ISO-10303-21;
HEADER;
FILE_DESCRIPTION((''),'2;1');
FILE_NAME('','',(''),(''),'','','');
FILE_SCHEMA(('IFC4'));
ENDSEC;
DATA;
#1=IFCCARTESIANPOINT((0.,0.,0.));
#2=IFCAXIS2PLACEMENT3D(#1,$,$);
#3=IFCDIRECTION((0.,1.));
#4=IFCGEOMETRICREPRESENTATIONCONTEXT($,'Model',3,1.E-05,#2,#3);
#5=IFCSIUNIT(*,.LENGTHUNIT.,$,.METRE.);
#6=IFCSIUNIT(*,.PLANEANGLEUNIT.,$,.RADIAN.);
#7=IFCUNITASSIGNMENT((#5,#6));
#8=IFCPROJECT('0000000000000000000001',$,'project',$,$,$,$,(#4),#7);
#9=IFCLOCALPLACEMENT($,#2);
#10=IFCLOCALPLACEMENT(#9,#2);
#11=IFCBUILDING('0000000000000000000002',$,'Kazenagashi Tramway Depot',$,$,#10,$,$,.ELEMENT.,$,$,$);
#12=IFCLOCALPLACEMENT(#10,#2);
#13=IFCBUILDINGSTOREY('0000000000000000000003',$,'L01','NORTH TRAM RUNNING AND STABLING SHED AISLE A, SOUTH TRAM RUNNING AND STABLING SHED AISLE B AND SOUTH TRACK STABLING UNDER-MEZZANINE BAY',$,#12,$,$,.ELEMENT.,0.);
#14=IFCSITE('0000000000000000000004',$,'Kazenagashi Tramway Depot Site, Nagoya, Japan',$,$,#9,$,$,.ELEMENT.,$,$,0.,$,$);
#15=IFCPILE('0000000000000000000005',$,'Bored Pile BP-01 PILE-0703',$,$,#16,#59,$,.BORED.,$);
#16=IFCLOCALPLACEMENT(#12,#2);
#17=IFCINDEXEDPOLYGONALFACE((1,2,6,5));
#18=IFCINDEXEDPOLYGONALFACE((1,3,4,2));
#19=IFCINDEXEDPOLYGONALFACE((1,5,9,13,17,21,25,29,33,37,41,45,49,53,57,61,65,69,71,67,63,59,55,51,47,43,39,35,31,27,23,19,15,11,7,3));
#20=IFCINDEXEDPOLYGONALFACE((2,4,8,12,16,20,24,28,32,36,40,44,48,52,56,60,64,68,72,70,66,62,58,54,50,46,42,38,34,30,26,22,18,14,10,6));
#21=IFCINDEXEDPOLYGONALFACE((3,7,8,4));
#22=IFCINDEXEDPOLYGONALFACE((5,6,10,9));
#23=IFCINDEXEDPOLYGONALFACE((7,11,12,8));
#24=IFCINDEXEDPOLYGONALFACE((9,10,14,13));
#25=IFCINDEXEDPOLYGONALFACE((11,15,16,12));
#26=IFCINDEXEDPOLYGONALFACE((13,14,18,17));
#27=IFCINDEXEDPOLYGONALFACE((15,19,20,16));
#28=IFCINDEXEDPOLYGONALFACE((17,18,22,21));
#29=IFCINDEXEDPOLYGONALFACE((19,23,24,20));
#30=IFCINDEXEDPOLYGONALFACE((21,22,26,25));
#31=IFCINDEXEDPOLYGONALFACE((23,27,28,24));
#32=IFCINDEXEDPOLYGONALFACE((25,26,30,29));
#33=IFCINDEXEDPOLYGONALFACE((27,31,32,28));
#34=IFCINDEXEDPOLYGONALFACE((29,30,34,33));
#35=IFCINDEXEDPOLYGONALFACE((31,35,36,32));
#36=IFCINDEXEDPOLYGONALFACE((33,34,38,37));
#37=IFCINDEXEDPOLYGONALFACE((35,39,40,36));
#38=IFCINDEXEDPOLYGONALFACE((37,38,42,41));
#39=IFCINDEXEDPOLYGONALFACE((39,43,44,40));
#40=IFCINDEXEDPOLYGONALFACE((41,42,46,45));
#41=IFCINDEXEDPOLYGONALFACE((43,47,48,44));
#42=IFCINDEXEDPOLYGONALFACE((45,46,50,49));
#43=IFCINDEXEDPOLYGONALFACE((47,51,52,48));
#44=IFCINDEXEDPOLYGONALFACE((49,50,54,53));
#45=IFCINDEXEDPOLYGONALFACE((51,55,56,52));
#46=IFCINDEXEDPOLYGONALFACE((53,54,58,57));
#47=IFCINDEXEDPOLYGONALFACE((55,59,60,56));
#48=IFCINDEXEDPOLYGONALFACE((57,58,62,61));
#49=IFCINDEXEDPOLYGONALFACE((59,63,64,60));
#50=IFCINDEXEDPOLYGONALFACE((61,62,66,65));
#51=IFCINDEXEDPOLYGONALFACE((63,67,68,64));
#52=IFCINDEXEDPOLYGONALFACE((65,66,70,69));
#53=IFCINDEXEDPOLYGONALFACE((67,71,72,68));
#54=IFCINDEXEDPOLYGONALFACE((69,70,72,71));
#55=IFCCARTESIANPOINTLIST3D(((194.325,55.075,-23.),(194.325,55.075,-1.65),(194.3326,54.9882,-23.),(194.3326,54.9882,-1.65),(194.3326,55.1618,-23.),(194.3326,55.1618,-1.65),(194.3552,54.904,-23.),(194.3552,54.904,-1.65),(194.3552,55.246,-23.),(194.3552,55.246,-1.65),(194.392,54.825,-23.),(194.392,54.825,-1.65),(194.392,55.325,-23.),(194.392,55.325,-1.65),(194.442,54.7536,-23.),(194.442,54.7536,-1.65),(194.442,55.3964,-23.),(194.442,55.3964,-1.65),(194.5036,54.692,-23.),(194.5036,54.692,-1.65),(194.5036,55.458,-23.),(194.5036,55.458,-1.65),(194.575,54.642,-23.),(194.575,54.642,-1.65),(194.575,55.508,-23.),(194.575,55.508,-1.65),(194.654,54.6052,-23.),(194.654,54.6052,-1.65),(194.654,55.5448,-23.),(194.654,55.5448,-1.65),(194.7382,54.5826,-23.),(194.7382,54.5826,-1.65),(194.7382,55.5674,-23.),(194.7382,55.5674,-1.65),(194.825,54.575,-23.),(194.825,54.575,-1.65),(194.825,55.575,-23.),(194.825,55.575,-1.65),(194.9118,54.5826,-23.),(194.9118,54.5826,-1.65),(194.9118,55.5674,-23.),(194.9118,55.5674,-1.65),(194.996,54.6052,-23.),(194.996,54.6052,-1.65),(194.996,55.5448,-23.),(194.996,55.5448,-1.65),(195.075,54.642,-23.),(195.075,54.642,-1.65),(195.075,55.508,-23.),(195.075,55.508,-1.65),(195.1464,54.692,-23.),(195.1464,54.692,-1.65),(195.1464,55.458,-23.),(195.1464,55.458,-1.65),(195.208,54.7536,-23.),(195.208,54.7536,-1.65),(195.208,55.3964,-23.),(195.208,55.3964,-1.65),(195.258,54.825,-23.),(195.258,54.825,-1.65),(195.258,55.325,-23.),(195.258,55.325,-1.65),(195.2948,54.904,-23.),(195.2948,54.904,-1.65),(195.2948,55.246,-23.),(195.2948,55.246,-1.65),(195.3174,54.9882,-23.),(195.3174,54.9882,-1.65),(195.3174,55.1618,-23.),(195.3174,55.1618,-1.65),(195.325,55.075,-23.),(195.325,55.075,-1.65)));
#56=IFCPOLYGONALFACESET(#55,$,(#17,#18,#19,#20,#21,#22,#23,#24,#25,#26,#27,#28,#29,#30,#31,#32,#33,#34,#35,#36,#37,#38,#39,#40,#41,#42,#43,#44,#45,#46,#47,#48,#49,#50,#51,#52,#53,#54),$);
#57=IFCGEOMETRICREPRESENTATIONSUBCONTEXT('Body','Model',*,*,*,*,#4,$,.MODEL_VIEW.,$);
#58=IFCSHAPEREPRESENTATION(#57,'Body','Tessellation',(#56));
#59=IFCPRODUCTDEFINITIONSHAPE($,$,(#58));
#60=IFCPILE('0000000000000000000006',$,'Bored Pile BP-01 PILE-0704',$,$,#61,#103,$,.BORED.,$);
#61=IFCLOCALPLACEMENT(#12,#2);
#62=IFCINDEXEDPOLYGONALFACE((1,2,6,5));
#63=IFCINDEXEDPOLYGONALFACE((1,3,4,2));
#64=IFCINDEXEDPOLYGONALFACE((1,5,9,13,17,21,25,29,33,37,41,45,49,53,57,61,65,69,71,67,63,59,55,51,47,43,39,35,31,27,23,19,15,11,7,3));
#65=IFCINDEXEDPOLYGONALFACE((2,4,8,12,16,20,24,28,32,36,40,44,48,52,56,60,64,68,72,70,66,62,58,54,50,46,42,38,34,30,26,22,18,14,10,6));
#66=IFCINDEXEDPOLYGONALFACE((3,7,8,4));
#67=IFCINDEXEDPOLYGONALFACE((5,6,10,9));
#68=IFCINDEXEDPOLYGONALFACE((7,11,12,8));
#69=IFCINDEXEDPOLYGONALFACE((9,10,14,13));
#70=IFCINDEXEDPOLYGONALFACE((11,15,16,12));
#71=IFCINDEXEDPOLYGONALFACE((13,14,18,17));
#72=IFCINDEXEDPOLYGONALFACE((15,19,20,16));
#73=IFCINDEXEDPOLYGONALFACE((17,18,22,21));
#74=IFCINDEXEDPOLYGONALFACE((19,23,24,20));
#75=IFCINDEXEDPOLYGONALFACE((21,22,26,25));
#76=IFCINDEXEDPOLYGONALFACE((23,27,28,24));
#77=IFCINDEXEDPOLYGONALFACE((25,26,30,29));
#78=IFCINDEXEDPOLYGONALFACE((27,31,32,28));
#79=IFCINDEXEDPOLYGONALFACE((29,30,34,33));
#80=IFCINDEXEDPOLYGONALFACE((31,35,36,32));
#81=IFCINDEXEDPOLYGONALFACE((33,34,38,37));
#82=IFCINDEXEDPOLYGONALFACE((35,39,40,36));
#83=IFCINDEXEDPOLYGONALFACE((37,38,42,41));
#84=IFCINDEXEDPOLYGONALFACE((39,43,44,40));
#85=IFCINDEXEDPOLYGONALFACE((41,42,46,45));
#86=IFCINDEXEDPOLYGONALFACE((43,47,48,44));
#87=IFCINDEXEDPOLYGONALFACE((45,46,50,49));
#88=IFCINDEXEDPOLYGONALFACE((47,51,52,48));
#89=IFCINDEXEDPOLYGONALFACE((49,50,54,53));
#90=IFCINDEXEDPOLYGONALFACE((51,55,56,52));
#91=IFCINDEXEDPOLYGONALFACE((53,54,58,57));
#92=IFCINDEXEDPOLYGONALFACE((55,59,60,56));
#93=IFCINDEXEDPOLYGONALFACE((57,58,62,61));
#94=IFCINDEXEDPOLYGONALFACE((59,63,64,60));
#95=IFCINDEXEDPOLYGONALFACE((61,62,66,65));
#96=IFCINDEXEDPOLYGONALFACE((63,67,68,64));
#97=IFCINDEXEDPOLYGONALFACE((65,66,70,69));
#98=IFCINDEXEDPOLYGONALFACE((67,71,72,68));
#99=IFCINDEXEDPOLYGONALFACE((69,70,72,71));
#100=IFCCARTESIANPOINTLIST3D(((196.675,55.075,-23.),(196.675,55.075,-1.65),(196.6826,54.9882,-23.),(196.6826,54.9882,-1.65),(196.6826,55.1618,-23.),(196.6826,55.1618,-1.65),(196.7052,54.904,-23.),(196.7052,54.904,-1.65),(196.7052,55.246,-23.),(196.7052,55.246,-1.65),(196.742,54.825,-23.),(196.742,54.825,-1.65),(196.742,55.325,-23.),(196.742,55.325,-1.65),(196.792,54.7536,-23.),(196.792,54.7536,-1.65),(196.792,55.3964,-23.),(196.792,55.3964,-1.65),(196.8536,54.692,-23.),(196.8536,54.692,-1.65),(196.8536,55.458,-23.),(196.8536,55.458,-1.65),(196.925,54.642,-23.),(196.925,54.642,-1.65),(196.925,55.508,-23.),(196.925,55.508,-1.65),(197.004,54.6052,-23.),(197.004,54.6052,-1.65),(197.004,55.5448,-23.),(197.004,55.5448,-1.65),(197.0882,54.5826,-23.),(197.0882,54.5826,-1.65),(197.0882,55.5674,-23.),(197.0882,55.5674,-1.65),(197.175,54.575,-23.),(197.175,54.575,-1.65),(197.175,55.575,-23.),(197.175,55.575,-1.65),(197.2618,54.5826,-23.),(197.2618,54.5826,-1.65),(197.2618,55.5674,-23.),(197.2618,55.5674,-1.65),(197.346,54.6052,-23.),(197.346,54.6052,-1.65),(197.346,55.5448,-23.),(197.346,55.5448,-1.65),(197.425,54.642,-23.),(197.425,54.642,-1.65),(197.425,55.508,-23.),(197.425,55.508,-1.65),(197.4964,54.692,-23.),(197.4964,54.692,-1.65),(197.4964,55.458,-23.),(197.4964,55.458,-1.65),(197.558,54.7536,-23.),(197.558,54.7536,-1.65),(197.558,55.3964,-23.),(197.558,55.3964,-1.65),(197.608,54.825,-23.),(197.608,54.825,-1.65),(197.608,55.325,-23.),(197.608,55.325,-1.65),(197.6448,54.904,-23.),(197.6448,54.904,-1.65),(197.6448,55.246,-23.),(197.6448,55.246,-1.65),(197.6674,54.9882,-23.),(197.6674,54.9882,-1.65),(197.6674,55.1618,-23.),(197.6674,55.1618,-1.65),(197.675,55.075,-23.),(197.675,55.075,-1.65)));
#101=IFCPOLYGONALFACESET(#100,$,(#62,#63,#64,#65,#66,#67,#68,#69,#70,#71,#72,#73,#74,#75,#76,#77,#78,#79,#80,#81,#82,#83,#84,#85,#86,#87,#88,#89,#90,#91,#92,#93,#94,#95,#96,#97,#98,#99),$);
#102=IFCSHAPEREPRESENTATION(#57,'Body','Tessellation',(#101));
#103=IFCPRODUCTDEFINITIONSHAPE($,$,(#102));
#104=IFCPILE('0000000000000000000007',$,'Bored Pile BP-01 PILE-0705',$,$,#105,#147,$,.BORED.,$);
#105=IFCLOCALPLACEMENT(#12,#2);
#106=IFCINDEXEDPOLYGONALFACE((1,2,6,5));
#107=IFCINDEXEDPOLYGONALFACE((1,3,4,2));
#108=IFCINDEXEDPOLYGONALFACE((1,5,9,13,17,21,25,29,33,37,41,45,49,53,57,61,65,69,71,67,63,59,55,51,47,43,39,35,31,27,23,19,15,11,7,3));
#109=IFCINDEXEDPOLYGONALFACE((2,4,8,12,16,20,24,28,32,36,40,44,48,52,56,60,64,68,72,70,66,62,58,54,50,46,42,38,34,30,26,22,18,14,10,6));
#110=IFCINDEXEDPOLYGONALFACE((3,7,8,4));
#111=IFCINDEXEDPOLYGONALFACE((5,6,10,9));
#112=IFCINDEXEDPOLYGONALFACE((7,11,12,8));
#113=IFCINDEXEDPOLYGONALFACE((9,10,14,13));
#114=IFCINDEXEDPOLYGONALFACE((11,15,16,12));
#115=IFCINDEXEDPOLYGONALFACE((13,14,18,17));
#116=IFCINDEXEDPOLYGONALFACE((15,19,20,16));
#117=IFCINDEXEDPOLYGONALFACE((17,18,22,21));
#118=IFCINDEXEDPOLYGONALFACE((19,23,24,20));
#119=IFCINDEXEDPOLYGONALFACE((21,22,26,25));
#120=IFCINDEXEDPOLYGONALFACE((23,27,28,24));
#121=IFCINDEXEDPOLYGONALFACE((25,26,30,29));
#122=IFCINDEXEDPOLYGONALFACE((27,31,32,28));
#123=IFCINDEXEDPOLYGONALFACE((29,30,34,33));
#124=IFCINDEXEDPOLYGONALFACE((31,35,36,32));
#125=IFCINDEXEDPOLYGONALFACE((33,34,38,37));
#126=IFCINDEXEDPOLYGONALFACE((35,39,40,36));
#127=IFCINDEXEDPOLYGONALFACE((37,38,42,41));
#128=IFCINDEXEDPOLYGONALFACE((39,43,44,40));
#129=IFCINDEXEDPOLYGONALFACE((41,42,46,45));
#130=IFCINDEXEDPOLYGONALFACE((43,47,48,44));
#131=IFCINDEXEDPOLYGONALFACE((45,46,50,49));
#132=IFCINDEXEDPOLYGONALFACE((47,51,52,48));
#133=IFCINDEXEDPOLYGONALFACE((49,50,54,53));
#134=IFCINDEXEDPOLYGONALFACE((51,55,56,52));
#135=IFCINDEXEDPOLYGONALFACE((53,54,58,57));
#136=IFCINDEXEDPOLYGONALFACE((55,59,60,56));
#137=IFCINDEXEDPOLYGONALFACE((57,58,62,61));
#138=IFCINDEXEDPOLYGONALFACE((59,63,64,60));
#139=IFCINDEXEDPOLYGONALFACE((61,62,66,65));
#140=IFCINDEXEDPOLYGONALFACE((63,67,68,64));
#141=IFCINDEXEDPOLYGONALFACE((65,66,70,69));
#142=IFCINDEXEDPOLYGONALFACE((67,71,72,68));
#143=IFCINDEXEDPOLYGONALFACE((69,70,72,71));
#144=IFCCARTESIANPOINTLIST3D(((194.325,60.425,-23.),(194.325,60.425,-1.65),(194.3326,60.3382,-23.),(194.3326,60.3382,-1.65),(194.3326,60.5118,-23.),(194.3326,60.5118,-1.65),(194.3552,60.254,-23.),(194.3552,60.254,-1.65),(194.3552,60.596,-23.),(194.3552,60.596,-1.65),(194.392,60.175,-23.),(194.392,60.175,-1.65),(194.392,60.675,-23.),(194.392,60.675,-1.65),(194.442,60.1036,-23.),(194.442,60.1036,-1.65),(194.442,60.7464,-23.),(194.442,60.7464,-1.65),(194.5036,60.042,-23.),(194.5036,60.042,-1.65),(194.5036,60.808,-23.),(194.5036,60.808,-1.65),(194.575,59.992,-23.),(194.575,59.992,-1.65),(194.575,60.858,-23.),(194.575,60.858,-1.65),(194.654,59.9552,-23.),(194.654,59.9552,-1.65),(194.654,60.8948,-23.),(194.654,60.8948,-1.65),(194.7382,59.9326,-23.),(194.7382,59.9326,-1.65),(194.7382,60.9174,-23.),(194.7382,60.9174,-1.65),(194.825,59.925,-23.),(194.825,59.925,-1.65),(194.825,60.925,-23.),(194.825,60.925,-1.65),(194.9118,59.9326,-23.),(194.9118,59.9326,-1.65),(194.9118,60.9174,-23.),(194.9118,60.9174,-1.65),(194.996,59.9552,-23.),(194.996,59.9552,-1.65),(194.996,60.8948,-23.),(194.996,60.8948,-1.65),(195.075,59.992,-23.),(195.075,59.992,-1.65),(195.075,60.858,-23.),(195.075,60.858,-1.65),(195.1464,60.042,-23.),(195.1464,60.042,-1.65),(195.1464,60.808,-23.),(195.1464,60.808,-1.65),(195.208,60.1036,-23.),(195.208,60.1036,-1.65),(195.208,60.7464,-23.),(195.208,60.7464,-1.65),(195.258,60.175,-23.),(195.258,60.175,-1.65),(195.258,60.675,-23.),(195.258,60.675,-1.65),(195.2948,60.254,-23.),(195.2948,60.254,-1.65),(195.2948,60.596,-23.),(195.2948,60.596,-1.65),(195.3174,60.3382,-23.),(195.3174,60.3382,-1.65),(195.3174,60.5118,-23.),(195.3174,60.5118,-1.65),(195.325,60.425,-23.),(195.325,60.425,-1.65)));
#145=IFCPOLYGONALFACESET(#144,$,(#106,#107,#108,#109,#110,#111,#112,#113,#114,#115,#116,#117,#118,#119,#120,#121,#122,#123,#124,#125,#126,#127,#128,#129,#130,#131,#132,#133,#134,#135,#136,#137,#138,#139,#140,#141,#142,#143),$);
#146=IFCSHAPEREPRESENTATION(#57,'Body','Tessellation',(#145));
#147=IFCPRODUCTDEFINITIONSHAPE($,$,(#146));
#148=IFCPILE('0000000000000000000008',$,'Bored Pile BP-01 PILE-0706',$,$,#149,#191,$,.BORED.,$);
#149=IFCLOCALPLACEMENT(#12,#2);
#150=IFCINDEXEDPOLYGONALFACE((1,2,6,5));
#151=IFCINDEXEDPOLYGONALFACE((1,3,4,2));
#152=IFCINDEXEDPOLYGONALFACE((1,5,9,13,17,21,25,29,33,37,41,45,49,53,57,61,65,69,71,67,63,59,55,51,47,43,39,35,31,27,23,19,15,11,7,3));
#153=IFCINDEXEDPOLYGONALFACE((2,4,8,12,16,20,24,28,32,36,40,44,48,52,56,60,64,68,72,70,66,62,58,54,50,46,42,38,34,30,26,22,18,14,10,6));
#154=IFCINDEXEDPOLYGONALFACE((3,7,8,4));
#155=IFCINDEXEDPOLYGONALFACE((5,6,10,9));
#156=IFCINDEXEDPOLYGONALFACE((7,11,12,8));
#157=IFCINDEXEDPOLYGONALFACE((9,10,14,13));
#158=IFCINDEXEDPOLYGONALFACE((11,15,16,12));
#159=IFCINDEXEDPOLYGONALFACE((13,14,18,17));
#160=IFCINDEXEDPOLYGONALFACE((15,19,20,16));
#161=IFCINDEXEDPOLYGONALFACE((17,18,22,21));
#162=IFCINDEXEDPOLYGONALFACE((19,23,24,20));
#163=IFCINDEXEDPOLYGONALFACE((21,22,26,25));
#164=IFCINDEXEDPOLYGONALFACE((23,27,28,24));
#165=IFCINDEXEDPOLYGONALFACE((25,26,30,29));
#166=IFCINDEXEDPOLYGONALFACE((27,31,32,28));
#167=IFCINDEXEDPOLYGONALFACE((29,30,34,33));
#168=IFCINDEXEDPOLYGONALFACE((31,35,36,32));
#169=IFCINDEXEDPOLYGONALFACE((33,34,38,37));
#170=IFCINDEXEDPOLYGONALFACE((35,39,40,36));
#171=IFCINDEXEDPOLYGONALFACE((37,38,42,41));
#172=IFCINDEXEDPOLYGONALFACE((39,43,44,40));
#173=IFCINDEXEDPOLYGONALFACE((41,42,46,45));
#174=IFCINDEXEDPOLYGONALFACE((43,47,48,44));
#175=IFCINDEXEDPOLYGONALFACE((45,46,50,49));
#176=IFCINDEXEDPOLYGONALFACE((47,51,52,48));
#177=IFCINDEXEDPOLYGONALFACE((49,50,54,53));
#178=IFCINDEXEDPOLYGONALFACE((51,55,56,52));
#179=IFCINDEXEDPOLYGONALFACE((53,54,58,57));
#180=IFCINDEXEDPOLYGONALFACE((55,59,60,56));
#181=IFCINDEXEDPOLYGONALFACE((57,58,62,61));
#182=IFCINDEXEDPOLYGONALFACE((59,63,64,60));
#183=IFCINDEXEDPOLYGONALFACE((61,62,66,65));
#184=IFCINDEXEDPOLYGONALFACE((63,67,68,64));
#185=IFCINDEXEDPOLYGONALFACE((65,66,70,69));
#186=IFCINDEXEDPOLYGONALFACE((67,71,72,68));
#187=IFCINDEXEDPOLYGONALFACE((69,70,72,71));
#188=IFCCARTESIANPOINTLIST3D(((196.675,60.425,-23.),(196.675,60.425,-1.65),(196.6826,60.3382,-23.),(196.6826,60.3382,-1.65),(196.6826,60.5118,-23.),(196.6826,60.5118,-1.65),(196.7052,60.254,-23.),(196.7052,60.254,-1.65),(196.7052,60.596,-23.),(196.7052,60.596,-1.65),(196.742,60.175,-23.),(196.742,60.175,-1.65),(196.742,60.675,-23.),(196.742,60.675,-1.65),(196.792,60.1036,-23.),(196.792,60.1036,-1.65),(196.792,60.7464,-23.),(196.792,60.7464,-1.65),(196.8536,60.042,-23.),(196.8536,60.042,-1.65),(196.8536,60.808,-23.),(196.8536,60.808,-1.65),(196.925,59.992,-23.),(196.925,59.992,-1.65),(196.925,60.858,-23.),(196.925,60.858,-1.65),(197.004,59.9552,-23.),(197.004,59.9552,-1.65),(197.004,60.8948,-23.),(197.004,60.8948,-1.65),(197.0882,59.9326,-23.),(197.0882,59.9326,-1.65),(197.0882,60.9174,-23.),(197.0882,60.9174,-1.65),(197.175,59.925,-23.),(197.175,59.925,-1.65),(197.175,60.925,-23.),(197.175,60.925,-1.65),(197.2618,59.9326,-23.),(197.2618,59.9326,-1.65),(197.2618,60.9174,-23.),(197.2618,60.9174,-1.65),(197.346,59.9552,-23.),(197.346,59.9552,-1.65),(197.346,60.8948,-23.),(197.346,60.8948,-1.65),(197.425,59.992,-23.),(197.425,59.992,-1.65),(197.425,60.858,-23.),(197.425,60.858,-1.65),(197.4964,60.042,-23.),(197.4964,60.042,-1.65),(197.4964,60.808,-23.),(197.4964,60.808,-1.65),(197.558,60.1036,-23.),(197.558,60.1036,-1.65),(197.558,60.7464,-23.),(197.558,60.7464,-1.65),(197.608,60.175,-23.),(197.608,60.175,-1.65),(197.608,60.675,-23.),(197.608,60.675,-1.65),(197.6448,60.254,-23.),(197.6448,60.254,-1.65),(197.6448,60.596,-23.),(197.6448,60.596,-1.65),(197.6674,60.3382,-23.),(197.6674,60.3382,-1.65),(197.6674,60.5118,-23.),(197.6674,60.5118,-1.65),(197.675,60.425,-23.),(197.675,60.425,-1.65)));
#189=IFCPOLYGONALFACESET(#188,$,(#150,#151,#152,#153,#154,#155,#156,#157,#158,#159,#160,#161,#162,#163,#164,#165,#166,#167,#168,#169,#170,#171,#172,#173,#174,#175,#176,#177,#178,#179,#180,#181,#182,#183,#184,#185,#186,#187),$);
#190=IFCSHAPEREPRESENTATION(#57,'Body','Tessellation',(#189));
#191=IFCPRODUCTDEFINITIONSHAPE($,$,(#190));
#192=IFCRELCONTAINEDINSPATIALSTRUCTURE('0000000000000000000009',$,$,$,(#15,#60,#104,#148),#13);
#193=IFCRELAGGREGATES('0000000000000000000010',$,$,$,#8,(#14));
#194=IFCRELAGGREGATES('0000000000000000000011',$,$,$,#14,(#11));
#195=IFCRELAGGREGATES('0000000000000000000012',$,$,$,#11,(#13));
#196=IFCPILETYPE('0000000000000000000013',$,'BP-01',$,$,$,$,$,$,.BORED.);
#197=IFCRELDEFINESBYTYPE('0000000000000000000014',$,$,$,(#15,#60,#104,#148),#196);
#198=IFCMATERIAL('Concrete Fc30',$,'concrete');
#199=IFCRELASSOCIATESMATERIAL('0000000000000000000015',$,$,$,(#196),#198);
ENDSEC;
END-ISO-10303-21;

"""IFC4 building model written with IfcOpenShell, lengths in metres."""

from ifc_helpers import new_model, si_unit, direction, frame, origin, origin_2d, place, context, subcontext, project, spatial, circle, extrude, material, material_profile, profile_set, type_object, element, save


model = new_model("IFC4")

# Units and contexts
model_context = context("Model", 3, precision=1e-05, world=origin(), true_north=direction((0.0, 1.0)))
body_context = subcontext(model_context, "Body", "Model", "MODEL_VIEW")
ifc_project = project(units=[si_unit("LENGTHUNIT", "METRE"), si_unit("PLANEANGLEUNIT", "RADIAN")], contexts=[model_context])

# Site, building, storey
site_placement = place(None, origin())
site = spatial("IfcSite", under=ifc_project, at=site_placement, Name="Kazenagashi Tramway Depot Site, Nagoya, Japan", CompositionType="ELEMENT", RefElevation=0.0)
building_placement = place(site_placement, origin())
building = spatial("IfcBuilding", under=site, at=building_placement, Name="Kazenagashi Tramway Depot", CompositionType="ELEMENT")
storey_placement = place(building_placement, origin())
storey = spatial("IfcBuildingStorey", under=building, at=storey_placement, Name="L01", Description="NORTH TRAM RUNNING AND STABLING SHED AISLE A, SOUTH TRAM RUNNING AND STABLING SHED AISLE B AND SOUTH TRACK STABLING UNDER-MEZZANINE BAY", CompositionType="ELEMENT", Elevation=0.0)

# Piles
ifc_material_1 = material(Name="Concrete Fc30", Category="concrete")
ifc_material_profile_1 = material_profile(ifc_material_1, circle(Radius=0.5, at=origin_2d()), Name="PILE-1000")
ifc_profile_set_1 = profile_set([ifc_material_profile_1], Name="Concrete Fc30")
pile_type = type_object("IfcPileType", Name="BP-01", PredefinedType="BORED", material=ifc_profile_set_1)
for number, where, z_axis, x_axis, name in (
    (1, (194.825, 55.075, -1.65), (0.0, 0.0, -1.0), (1.0, 0.0, 0.0), "Bored Pile BP-01 PILE-0703"),
    (2, (197.175, 55.075, -1.65), (0.0, 0.0, -1.0), (1.0, 0.0, 0.0), "Bored Pile BP-01 PILE-0704"),
    (3, (194.825, 60.425, -1.65), (0.0, 0.0, -1.0), (1.0, 0.0, 0.0), "Bored Pile BP-01 PILE-0705"),
    (4, (197.175, 60.425, -1.65), (0.0, 0.0, -1.0), (1.0, 0.0, 0.0), "Bored Pile BP-01 PILE-0706"),
):
    element("IfcPile", number, at=place(storey_placement, frame(where, z_axis=z_axis, x_axis=x_axis)), inside=storey, type_object=pile_type, Name=name, PredefinedType="BORED", context=body_context, shape_type="SweptSolid", body=[
        extrude(circle(Radius=0.5, at=origin_2d()), origin(), (0.0, 0.0, 1.0), 21.35),
    ])

save(model, "model.ifc")
